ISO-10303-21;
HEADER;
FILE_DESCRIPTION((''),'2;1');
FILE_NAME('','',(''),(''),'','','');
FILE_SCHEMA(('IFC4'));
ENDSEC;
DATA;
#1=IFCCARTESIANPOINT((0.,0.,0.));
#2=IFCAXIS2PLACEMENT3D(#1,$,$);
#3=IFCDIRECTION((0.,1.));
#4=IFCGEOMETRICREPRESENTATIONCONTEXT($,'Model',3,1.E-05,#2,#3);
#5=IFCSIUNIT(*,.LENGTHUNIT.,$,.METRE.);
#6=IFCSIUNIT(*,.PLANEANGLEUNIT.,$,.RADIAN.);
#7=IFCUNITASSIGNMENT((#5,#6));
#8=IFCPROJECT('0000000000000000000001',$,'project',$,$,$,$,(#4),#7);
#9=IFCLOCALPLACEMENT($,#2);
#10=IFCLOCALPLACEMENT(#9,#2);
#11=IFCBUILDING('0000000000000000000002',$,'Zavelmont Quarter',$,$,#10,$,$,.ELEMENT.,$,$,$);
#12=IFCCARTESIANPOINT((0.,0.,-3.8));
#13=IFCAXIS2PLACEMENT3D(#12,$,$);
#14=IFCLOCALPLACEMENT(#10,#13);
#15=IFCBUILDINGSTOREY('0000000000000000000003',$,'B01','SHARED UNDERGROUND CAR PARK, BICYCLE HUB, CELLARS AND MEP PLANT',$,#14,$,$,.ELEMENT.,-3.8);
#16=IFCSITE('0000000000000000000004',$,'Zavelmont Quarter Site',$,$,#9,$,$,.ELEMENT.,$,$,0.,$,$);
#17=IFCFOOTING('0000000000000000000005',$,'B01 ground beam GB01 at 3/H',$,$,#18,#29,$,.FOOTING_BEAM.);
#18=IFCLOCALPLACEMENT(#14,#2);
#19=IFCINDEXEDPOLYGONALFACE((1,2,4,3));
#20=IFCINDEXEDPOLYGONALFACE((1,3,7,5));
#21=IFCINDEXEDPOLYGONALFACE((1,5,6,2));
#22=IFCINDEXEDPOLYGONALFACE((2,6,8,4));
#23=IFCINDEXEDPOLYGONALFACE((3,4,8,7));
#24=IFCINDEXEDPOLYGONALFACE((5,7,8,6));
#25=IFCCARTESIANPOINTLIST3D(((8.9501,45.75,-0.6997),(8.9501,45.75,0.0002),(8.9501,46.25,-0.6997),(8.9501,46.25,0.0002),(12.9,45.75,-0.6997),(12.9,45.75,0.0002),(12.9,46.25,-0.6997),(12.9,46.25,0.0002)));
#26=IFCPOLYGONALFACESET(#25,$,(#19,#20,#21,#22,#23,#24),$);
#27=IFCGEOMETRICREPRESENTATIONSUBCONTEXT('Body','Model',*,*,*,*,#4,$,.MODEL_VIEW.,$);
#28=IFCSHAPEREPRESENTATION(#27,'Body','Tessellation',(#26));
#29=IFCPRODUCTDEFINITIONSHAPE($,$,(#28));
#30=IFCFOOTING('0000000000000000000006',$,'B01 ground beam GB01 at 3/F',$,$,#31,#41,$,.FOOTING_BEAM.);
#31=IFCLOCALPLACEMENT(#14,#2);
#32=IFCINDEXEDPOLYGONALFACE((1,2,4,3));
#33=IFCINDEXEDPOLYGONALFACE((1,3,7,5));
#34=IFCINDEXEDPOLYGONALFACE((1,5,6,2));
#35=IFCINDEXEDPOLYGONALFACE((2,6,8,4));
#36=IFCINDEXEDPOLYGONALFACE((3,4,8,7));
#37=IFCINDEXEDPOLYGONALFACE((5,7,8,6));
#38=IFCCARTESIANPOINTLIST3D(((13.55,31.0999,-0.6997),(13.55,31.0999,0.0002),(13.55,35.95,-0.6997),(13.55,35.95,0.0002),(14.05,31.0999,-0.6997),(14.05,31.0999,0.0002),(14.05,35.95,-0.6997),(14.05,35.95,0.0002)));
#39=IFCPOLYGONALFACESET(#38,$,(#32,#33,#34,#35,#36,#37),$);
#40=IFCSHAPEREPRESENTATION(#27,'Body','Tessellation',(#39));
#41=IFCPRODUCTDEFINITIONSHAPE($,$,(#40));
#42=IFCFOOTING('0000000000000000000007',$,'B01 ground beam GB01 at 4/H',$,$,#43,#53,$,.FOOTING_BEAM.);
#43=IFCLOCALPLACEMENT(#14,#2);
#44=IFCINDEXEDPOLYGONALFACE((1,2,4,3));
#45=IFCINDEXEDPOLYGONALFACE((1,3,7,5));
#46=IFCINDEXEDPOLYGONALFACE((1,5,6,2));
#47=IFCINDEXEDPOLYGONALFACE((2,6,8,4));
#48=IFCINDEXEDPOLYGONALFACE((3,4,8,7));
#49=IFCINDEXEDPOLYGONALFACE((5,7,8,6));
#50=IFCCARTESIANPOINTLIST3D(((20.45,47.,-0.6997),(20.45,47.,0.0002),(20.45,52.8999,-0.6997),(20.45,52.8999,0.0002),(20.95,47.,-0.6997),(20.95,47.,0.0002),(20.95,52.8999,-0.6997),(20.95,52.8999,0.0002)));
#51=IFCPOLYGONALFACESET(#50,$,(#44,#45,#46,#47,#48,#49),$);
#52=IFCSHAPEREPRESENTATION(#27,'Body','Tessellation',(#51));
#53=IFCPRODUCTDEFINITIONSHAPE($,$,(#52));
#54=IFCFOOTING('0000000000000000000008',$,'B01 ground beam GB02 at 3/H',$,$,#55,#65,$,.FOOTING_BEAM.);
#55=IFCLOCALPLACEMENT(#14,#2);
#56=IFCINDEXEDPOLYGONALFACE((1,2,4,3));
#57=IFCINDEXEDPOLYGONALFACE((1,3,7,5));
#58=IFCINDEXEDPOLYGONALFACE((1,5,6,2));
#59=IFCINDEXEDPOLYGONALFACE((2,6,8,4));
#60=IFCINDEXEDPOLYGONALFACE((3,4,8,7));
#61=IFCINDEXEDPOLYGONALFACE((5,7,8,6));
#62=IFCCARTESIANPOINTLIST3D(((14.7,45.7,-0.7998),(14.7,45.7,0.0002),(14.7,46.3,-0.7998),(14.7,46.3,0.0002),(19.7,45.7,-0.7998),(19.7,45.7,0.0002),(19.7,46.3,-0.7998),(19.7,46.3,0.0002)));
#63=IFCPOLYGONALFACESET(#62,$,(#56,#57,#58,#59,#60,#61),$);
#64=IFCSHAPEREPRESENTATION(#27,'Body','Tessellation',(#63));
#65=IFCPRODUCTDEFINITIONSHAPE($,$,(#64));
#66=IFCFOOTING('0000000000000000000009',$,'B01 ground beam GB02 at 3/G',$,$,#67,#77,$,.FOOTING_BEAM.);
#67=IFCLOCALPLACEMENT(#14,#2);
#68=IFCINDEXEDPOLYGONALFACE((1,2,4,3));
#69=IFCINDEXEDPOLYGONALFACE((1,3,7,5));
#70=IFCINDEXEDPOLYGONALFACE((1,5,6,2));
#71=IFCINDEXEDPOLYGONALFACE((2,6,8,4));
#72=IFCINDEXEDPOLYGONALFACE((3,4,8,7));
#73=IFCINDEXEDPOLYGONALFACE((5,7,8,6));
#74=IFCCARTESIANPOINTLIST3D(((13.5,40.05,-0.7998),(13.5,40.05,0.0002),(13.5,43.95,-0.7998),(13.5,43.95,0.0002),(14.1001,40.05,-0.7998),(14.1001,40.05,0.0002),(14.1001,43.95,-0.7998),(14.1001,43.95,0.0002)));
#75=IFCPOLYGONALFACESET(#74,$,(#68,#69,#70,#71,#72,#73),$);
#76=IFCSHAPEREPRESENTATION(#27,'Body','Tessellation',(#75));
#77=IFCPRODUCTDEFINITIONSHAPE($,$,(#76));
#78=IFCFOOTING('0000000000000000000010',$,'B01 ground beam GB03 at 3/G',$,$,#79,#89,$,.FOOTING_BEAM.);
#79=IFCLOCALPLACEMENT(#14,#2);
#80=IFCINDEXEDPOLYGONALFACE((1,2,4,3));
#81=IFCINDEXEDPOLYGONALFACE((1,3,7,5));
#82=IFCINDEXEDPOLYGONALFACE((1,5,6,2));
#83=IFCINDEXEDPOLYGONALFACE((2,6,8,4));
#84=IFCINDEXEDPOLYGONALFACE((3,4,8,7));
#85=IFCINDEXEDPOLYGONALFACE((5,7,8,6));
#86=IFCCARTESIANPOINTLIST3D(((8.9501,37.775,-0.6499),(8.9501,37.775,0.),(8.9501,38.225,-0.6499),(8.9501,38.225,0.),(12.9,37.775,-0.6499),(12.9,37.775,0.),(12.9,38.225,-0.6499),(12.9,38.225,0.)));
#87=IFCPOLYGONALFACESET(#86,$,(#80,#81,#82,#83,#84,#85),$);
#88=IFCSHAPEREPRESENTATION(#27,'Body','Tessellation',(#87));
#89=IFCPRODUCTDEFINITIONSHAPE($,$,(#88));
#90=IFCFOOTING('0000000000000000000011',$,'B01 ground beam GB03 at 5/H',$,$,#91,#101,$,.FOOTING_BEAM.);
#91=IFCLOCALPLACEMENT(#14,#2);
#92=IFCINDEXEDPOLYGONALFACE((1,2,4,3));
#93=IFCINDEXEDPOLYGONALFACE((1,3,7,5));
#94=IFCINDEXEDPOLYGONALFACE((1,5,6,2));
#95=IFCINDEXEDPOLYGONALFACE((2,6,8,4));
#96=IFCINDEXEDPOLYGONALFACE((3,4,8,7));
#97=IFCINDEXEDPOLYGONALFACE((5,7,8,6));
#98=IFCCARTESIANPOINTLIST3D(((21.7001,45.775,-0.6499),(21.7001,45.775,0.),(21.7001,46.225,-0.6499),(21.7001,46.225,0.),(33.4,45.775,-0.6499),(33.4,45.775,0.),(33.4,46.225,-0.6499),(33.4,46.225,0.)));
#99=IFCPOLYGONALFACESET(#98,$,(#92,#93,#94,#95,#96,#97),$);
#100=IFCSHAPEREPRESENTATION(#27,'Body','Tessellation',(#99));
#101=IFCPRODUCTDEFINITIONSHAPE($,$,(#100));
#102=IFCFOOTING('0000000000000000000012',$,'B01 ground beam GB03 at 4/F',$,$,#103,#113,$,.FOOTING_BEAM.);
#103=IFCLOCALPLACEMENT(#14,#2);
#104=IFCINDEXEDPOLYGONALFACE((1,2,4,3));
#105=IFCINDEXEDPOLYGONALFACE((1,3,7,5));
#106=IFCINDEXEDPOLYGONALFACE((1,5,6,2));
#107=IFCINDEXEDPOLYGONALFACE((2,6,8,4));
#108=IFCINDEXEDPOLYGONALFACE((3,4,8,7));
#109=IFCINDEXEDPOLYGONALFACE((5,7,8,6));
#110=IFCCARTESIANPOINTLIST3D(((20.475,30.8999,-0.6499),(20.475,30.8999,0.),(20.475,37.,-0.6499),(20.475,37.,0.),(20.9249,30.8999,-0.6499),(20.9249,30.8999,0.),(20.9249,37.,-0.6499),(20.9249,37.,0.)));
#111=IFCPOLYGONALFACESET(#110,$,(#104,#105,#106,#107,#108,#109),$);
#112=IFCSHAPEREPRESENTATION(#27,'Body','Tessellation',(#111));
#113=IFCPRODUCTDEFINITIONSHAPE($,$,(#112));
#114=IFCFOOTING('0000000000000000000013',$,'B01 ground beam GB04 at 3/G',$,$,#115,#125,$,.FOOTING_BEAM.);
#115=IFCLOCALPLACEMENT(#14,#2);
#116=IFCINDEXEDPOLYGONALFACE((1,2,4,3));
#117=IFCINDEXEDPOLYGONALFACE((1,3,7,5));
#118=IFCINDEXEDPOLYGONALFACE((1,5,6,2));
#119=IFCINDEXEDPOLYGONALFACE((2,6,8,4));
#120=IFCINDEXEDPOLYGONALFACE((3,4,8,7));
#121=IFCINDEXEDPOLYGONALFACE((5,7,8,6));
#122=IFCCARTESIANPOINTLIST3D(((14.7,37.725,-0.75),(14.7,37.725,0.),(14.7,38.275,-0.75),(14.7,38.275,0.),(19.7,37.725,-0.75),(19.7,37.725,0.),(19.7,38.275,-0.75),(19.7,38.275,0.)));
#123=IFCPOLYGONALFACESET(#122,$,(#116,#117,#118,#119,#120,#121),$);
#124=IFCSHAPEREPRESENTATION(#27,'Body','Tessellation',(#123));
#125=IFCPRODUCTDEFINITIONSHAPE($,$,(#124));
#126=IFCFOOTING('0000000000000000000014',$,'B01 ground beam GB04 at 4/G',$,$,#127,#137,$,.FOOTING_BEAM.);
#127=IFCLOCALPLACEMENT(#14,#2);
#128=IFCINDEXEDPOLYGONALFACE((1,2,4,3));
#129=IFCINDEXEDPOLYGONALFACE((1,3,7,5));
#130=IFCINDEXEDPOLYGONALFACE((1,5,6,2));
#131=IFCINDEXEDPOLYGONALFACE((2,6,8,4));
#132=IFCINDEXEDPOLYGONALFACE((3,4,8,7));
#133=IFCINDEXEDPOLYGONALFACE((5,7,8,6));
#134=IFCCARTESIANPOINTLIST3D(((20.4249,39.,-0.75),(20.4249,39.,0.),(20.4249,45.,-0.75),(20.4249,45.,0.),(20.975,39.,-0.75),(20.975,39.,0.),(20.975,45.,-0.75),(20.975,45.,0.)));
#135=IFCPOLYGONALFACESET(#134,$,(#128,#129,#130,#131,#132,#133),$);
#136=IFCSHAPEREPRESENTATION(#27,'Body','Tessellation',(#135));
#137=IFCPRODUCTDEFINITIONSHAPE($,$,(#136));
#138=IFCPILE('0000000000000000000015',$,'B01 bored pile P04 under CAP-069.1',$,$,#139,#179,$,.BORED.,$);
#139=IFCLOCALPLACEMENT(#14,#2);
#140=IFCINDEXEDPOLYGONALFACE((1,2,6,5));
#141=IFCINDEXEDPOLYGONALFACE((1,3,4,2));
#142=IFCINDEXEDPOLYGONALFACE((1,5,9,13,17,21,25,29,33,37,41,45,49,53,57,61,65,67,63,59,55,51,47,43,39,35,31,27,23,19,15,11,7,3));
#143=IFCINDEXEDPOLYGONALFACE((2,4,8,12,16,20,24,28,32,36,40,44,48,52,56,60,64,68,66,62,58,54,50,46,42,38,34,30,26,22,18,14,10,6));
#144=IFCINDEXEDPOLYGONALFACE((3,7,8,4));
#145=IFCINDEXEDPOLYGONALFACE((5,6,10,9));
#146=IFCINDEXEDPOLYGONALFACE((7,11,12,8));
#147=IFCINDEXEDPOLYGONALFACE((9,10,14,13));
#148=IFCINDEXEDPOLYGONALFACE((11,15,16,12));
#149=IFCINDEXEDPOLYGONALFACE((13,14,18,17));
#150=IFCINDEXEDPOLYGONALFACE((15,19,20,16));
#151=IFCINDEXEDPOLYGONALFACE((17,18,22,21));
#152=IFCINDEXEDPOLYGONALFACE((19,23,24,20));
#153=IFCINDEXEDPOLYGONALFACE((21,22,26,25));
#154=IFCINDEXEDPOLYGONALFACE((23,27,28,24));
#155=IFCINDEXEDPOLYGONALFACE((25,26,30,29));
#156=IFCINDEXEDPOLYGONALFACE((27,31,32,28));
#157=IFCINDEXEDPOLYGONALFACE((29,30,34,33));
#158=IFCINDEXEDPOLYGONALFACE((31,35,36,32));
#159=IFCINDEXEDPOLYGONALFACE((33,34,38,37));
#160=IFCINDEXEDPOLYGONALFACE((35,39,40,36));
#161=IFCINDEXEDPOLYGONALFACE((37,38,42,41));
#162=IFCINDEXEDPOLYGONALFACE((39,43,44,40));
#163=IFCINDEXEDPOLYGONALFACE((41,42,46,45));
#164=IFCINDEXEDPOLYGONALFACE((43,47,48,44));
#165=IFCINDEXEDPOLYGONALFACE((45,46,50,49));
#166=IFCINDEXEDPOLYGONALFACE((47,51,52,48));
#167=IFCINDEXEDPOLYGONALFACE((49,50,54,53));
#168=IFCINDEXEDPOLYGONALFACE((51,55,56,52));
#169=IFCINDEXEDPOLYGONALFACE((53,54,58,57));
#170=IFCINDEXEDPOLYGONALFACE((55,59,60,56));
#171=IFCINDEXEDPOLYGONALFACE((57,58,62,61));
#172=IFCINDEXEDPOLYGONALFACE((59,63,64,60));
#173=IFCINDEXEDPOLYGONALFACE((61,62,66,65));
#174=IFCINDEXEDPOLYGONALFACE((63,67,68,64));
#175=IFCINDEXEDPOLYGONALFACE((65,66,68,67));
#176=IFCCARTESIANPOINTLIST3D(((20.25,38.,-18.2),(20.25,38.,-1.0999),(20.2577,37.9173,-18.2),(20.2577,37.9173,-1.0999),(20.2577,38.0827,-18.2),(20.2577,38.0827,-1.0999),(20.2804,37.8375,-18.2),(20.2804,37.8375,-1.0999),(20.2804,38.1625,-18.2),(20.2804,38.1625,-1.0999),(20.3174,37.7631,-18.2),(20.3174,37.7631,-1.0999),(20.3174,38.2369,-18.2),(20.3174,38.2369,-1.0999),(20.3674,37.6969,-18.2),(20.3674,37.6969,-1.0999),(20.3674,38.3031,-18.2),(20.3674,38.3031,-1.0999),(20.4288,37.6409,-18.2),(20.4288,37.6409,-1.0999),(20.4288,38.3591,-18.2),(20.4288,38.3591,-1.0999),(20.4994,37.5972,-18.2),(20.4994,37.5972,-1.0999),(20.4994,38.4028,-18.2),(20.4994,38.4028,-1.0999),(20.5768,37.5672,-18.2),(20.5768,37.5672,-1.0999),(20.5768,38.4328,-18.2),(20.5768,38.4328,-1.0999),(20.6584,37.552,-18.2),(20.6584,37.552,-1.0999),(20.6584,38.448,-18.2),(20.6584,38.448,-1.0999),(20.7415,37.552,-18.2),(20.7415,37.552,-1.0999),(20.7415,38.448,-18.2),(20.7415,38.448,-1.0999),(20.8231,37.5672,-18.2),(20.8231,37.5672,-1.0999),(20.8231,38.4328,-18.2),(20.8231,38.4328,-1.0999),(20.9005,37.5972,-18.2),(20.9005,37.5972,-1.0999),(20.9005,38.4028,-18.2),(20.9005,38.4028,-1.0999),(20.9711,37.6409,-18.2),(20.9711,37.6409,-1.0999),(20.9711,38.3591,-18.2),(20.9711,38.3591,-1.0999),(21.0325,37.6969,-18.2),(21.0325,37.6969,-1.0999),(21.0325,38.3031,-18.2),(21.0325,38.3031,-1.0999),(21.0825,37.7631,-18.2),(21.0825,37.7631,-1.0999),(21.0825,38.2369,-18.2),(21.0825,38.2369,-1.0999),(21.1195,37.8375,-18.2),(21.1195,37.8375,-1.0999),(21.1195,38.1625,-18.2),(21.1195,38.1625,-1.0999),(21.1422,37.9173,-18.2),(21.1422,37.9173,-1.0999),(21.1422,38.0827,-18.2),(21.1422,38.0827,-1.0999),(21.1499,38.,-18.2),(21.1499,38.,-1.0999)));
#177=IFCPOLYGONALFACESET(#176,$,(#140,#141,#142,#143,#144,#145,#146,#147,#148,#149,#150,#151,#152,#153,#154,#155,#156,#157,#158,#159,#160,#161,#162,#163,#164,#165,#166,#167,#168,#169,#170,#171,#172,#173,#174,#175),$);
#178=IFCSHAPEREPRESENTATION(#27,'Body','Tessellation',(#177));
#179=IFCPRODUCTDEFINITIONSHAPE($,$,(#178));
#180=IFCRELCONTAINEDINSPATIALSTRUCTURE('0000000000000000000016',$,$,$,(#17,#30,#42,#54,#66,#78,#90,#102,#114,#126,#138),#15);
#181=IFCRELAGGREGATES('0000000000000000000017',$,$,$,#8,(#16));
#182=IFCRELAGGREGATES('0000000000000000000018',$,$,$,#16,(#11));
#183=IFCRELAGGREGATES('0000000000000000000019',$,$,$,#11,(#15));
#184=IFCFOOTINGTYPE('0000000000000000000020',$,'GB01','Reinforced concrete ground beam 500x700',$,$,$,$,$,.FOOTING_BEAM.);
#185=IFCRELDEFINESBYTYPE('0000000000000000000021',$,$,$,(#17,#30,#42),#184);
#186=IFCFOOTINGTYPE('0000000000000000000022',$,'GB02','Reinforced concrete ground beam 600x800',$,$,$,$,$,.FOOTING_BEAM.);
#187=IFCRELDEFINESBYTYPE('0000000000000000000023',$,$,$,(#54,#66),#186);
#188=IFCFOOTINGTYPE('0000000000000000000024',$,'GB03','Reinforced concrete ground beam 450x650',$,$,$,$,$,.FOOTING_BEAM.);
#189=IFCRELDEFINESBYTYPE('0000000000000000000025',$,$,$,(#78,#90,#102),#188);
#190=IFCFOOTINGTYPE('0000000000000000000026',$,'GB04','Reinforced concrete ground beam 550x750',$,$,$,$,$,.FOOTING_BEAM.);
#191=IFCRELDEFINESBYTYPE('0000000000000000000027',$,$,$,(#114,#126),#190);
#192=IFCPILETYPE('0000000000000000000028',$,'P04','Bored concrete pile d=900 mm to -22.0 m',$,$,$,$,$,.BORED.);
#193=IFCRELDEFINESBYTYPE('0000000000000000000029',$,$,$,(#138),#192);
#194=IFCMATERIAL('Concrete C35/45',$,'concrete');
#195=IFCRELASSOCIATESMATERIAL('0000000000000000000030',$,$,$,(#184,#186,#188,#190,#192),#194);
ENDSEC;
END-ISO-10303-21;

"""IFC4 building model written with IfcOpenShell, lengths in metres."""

from ifc_helpers import new_model, si_unit, direction, frame, origin, origin_2d, place, context, subcontext, project, spatial, rectangle, circle, extrude, material, material_profile, profile_set, type_object, element, save


model = new_model("IFC4")

# Units and contexts
model_context = context("Model", 3, precision=1e-05, world=origin(), true_north=direction((0.0, 1.0)))
body_context = subcontext(model_context, "Body", "Model", "MODEL_VIEW")
ifc_project = project(units=[si_unit("LENGTHUNIT", "METRE"), si_unit("PLANEANGLEUNIT", "RADIAN")], contexts=[model_context])

# Site, building, storey
site_placement = place(None, origin())
site = spatial("IfcSite", under=ifc_project, at=site_placement, Name="Zavelmont Quarter Site", CompositionType="ELEMENT", RefElevation=0.0)
building_placement = place(site_placement, origin())
building = spatial("IfcBuilding", under=site, at=building_placement, Name="Zavelmont Quarter", CompositionType="ELEMENT")
storey_placement = place(building_placement, frame((0.0, 0.0, -3.8)))
storey = spatial("IfcBuildingStorey", under=building, at=storey_placement, Name="B01", Description="SHARED UNDERGROUND CAR PARK, BICYCLE HUB, CELLARS AND MEP PLANT", CompositionType="ELEMENT", Elevation=-3.8)

# Footings
ifc_material_1 = material(Name="Concrete C35/45", Category="concrete")
footing_type_1 = type_object("IfcFootingType", Name="GB01", Description="Reinforced concrete ground beam 500x700", PredefinedType="FOOTING_BEAM", material=ifc_material_1)
footing_1_placement = place(storey_placement, frame((10.925, 46.0, -0.6997), z_axis=(0.0, 0.0, 1.0), x_axis=(1.0, 0.0, 0.0)))
element("IfcFooting", 1, at=footing_1_placement, inside=storey, type_object=footing_type_1, Name="B01 ground beam GB01 at 3/H", PredefinedType="FOOTING_BEAM", context=body_context, shape_type="SweptSolid", body=[
    extrude(rectangle(XDim=3.95, YDim=0.5, at=origin_2d()), origin(), (0.0, 0.0, 1.0), 0.7),
])
footing_2_placement = place(storey_placement, frame((13.8, 33.5249, -0.6997), z_axis=(0.0, 0.0, 1.0), x_axis=(0.0, 1.0, 0.0)))
element("IfcFooting", 2, at=footing_2_placement, inside=storey, type_object=footing_type_1, Name="B01 ground beam GB01 at 3/F", PredefinedType="FOOTING_BEAM", context=body_context, shape_type="SweptSolid", body=[
    extrude(rectangle(XDim=4.8501, YDim=0.5, at=origin_2d()), origin(), (0.0, 0.0, 1.0), 0.7),
])
footing_3_placement = place(storey_placement, frame((20.7, 49.95, -0.6997), z_axis=(0.0, 0.0, 1.0), x_axis=(0.0, 1.0, 0.0)))
element("IfcFooting", 3, at=footing_3_placement, inside=storey, type_object=footing_type_1, Name="B01 ground beam GB01 at 4/H", PredefinedType="FOOTING_BEAM", context=body_context, shape_type="SweptSolid", body=[
    extrude(rectangle(XDim=5.8999, YDim=0.5, at=origin_2d()), origin(), (0.0, 0.0, 1.0), 0.7),
])
footing_type_2 = type_object("IfcFootingType", Name="GB02", Description="Reinforced concrete ground beam 600x800", PredefinedType="FOOTING_BEAM", material=ifc_material_1)
footing_4_placement = place(storey_placement, frame((17.2, 46.0, -0.7998), z_axis=(0.0, 0.0, 1.0), x_axis=(1.0, 0.0, 0.0)))
element("IfcFooting", 4, at=footing_4_placement, inside=storey, type_object=footing_type_2, Name="B01 ground beam GB02 at 3/H", PredefinedType="FOOTING_BEAM", context=body_context, shape_type="SweptSolid", body=[
    extrude(rectangle(XDim=5.0, YDim=0.6001, at=origin_2d()), origin(), (0.0, 0.0, 1.0), 0.8),
])
footing_5_placement = place(storey_placement, frame((13.8, 42.0, -0.7998), z_axis=(0.0, 0.0, 1.0), x_axis=(0.0, 1.0, 0.0)))
element("IfcFooting", 5, at=footing_5_placement, inside=storey, type_object=footing_type_2, Name="B01 ground beam GB02 at 3/G", PredefinedType="FOOTING_BEAM", context=body_context, shape_type="SweptSolid", body=[
    extrude(rectangle(XDim=3.8999, YDim=0.6001, at=origin_2d()), origin(), (0.0, 0.0, 1.0), 0.8),
])
footing_type_3 = type_object("IfcFootingType", Name="GB03", Description="Reinforced concrete ground beam 450x650", PredefinedType="FOOTING_BEAM", material=ifc_material_1)
footing_6_placement = place(storey_placement, frame((10.925, 38.0, -0.6499), z_axis=(0.0, 0.0, 1.0), x_axis=(1.0, 0.0, 0.0)))
element("IfcFooting", 6, at=footing_6_placement, inside=storey, type_object=footing_type_3, Name="B01 ground beam GB03 at 3/G", PredefinedType="FOOTING_BEAM", context=body_context, shape_type="SweptSolid", body=[
    extrude(rectangle(XDim=3.95, YDim=0.45, at=origin_2d()), origin(), (0.0, 0.0, 1.0), 0.6499),
])
footing_7_placement = place(storey_placement, frame((27.55, 46.0, -0.6499), z_axis=(0.0, 0.0, 1.0), x_axis=(1.0, 0.0, 0.0)))
element("IfcFooting", 7, at=footing_7_placement, inside=storey, type_object=footing_type_3, Name="B01 ground beam GB03 at 5/H", PredefinedType="FOOTING_BEAM", context=body_context, shape_type="SweptSolid", body=[
    extrude(rectangle(XDim=11.7, YDim=0.45, at=origin_2d()), origin(), (0.0, 0.0, 1.0), 0.6499),
])
footing_8_placement = place(storey_placement, frame((20.7, 33.95, -0.6499), z_axis=(0.0, 0.0, 1.0), x_axis=(0.0, 1.0, 0.0)))
element("IfcFooting", 8, at=footing_8_placement, inside=storey, type_object=footing_type_3, Name="B01 ground beam GB03 at 4/F", PredefinedType="FOOTING_BEAM", context=body_context, shape_type="SweptSolid", body=[
    extrude(rectangle(XDim=6.1001, YDim=0.45, at=origin_2d()), origin(), (0.0, 0.0, 1.0), 0.6499),
])
footing_type_4 = type_object("IfcFootingType", Name="GB04", Description="Reinforced concrete ground beam 550x750", PredefinedType="FOOTING_BEAM", material=ifc_material_1)
footing_9_placement = place(storey_placement, frame((17.2, 38.0, -0.75), z_axis=(0.0, 0.0, 1.0), x_axis=(1.0, 0.0, 0.0)))
element("IfcFooting", 9, at=footing_9_placement, inside=storey, type_object=footing_type_4, Name="B01 ground beam GB04 at 3/G", PredefinedType="FOOTING_BEAM", context=body_context, shape_type="SweptSolid", body=[
    extrude(rectangle(XDim=5.0, YDim=0.55, at=origin_2d()), origin(), (0.0, 0.0, 1.0), 0.75),
])
footing_10_placement = place(storey_placement, frame((20.7, 42.0, -0.75), z_axis=(0.0, 0.0, 1.0), x_axis=(0.0, 1.0, 0.0)))
element("IfcFooting", 10, at=footing_10_placement, inside=storey, type_object=footing_type_4, Name="B01 ground beam GB04 at 4/G", PredefinedType="FOOTING_BEAM", context=body_context, shape_type="SweptSolid", body=[
    extrude(rectangle(XDim=6.0, YDim=0.55, at=origin_2d()), origin(), (0.0, 0.0, 1.0), 0.75),
])

# Pile
ifc_material_profile_1 = material_profile(ifc_material_1, circle(Radius=0.45, at=origin_2d()), Name="BP900")
ifc_profile_set_1 = profile_set([ifc_material_profile_1], Name="Concrete C35/45")
pile_type_1 = type_object("IfcPileType", Name="P04", Description="Bored concrete pile d=900 mm to -22.0 m", PredefinedType="BORED", material=ifc_profile_set_1)
for number, where, z_axis, x_axis, name in (
    (11, (20.7, 38.0, -1.0999), (0.0, 0.0, -1.0), (1.0, 0.0, 0.0), "B01 bored pile P04 under CAP-069.1"),
):
    element("IfcPile", number, at=place(storey_placement, frame(where, z_axis=z_axis, x_axis=x_axis)), inside=storey, type_object=pile_type_1, Name=name, PredefinedType="BORED", context=body_context, shape_type="SweptSolid", body=[
        extrude(circle(Radius=0.45, at=origin_2d()), origin(), (0.0, 0.0, 1.0), 17.1001),
    ])

save(model, "model.ifc")
